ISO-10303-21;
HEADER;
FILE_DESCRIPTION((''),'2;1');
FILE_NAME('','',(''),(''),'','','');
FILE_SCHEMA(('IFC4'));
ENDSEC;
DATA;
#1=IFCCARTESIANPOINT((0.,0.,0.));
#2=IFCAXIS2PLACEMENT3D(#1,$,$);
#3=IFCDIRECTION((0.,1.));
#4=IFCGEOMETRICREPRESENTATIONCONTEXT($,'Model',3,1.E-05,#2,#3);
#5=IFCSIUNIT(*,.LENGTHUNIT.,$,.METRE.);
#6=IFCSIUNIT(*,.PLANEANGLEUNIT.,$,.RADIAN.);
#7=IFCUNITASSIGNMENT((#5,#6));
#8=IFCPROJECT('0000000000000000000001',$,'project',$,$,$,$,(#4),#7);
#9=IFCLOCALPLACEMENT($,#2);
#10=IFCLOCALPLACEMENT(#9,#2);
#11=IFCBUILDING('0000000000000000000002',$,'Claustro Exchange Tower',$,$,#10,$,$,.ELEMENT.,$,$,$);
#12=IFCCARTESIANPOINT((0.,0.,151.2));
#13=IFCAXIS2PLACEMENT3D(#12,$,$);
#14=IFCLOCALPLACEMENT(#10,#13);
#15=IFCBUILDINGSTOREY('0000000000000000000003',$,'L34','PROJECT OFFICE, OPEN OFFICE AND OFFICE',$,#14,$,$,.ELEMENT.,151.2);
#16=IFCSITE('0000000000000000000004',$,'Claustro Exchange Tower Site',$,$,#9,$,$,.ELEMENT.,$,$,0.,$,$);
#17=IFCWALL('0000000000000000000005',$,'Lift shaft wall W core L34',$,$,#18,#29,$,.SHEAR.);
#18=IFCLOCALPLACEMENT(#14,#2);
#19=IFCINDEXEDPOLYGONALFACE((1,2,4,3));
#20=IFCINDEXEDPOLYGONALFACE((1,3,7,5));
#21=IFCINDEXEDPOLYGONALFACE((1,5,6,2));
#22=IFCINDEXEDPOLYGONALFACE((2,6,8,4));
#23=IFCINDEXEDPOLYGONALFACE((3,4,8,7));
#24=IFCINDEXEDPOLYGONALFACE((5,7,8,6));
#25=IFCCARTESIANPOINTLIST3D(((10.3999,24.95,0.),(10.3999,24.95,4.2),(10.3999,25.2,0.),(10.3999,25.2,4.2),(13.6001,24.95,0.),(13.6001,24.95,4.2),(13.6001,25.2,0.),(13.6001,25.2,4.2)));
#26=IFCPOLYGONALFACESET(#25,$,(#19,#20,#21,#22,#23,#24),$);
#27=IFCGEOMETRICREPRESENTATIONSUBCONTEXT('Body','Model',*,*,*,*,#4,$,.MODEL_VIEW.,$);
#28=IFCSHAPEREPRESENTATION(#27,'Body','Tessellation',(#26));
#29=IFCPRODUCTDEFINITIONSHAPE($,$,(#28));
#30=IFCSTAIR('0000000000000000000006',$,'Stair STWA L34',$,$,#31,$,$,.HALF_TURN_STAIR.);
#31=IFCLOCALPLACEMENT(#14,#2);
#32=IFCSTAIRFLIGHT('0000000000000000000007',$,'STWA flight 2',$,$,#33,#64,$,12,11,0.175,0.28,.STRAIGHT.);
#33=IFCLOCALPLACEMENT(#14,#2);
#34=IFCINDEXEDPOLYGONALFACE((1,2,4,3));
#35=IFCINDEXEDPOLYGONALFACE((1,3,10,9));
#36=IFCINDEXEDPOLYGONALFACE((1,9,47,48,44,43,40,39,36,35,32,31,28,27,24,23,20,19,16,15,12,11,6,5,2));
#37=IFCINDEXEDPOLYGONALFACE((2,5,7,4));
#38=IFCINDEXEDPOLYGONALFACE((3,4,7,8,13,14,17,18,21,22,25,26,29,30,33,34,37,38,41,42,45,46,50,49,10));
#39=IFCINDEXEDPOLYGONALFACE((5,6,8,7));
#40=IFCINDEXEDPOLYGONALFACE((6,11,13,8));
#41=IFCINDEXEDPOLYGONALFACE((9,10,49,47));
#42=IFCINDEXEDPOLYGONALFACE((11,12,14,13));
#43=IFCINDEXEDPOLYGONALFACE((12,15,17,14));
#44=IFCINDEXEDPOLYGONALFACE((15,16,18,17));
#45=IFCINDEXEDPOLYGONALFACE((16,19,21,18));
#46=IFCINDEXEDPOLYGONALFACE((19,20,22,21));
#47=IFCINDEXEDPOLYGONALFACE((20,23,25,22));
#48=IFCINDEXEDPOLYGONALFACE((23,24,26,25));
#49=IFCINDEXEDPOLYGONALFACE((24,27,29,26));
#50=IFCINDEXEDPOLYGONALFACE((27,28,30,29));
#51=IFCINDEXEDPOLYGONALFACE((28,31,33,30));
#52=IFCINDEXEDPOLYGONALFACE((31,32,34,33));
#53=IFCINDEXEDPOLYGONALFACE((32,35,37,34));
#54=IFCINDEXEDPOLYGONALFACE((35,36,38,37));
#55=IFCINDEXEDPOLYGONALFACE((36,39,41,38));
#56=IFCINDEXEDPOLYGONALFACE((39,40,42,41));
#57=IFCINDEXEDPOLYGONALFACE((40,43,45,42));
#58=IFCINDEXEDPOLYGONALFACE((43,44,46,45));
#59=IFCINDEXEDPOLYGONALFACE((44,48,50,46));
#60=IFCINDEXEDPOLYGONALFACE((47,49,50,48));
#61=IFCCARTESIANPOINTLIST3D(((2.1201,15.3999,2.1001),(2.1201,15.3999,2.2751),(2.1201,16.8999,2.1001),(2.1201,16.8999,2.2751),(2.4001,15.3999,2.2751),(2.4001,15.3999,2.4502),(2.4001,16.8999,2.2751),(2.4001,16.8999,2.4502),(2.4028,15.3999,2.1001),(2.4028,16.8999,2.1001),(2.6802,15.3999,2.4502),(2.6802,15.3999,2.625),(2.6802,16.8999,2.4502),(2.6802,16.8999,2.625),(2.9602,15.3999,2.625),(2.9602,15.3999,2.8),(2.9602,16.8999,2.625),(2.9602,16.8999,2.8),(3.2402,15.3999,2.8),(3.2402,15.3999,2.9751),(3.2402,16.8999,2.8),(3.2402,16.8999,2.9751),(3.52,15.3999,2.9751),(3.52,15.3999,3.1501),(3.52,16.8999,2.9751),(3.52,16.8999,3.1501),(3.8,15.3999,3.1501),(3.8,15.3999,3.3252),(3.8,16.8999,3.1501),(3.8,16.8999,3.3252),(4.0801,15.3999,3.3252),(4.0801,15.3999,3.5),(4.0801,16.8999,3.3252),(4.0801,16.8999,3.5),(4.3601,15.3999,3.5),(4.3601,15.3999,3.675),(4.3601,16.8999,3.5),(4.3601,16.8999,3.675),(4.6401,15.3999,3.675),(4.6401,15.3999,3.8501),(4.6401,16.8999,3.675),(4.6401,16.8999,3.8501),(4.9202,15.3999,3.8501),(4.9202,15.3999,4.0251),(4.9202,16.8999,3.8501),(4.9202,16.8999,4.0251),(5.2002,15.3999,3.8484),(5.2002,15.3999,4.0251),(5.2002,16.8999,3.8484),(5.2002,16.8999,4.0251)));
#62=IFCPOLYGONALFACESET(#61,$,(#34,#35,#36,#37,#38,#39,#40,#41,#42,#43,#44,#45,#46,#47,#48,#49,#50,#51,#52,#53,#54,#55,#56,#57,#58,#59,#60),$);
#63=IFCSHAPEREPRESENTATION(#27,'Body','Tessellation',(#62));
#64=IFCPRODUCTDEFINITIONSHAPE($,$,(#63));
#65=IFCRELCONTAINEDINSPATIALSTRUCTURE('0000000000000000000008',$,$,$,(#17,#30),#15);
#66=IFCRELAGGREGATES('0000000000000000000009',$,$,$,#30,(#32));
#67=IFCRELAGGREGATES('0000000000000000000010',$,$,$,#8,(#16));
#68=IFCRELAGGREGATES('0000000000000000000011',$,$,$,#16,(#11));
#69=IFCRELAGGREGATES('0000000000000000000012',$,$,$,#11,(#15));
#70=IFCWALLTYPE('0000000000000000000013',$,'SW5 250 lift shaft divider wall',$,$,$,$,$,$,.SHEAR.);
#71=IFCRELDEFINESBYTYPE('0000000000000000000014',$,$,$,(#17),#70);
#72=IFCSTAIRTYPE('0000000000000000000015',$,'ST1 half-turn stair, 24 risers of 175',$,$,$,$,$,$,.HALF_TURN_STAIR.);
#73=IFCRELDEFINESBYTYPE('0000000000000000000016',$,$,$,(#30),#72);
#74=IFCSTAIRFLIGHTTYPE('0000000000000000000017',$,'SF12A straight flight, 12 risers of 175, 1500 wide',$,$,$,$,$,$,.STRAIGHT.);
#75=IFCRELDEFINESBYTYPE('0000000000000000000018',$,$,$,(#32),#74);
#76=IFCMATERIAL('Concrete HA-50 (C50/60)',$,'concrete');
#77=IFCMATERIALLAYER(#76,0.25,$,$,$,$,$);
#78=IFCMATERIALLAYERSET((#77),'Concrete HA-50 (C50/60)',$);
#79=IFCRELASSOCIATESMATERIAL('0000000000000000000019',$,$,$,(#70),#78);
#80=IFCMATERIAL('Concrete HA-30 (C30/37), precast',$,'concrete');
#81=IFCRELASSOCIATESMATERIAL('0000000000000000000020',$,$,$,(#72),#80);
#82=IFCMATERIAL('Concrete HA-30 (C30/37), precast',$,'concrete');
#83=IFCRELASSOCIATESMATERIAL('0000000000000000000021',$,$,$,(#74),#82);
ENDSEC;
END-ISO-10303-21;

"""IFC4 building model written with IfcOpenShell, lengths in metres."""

from ifc_helpers import new_model, si_unit, direction, frame, frame_2d, origin, place, context, subcontext, project, spatial, polyline, rectangle, outline, extrude, material, layer, layer_set, type_object, element, aggregate, save


model = new_model("IFC4")

# Units and contexts
model_context = context("Model", 3, precision=1e-05, world=origin(), true_north=direction((0.0, 1.0)))
body_context = subcontext(model_context, "Body", "Model", "MODEL_VIEW")
ifc_project = project(units=[si_unit("LENGTHUNIT", "METRE"), si_unit("PLANEANGLEUNIT", "RADIAN")], contexts=[model_context])

# Site, building, storey
site_placement = place(None, origin())
site = spatial("IfcSite", under=ifc_project, at=site_placement, Name="Claustro Exchange Tower Site", CompositionType="ELEMENT", RefElevation=0.0)
building_placement = place(site_placement, origin())
building = spatial("IfcBuilding", under=site, at=building_placement, Name="Claustro Exchange Tower", CompositionType="ELEMENT")
storey_placement = place(building_placement, frame((0.0, 0.0, 151.2)))
storey = spatial("IfcBuildingStorey", under=building, at=storey_placement, Name="L34", Description="PROJECT OFFICE, OPEN OFFICE AND OFFICE", CompositionType="ELEMENT", Elevation=151.2)

# Wall
ifc_material_1 = material(Name="Concrete HA-50 (C50/60)", Category="concrete")
ifc_layer_1 = layer(ifc_material_1, 0.25)
ifc_layer_set_1 = layer_set([ifc_layer_1], Name="Concrete HA-50 (C50/60)")
wall_type_1 = type_object("IfcWallType", Name="SW5 250 lift shaft divider wall", PredefinedType="SHEAR", material=ifc_layer_set_1)
wall_1_placement = place(storey_placement, frame((10.3999, 25.075, 0.0), z_axis=(0.0, 0.0, 1.0), x_axis=(1.0, 0.0, 0.0)))
element("IfcWall", 1, at=wall_1_placement, inside=storey, type_object=wall_type_1, Name="Lift shaft wall W core L34", PredefinedType="SHEAR", context=body_context, shape_type="SweptSolid", body=[
    extrude(rectangle(XDim=3.2002, YDim=0.25, at=frame_2d((1.6001, 0.0))), origin(), (0.0, 0.0, 1.0), 4.2),
])

# Stair, stair flight
ifc_material_2 = material(Name="Concrete HA-30 (C30/37), precast", Category="concrete")
stair_type = type_object("IfcStairType", Name="ST1 half-turn stair, 24 risers of 175", PredefinedType="HALF_TURN_STAIR", material=ifc_material_2)
stair_placement = place(storey_placement, origin())
stair = element("IfcStair", 2, at=stair_placement, inside=storey, type_object=stair_type, Name="Stair STWA L34", PredefinedType="HALF_TURN_STAIR")
ifc_material_3 = material(Name="Concrete HA-30 (C30/37), precast", Category="concrete")
stair_flight_type = type_object("IfcStairFlightType", Name="SF12A straight flight, 12 risers of 175, 1500 wide", PredefinedType="STRAIGHT", material=ifc_material_3)
stair_flight_placement = place(storey_placement, frame((2.1201, 16.1499, 2.1001), z_axis=(0.0, 0.0, 1.0), x_axis=(1.0, 0.0, 0.0)))
stair_flight = element("IfcStairFlight", 3, at=stair_flight_placement, type_object=stair_flight_type, Name="STWA flight 2", NumberOfRisers=12, NumberOfTreads=11, PredefinedType="STRAIGHT", RiserHeight=0.175, TreadLength=0.28, context=body_context, shape_type="SweptSolid", body=[
    extrude(outline(polyline([(0.0, 0.0), (0.0, 0.175), (0.28, 0.175), (0.28, 0.3501), (0.5601, 0.3501), (0.5601, 0.5249), (0.8401, 0.5249), (0.8401, 0.7), (1.1201, 0.7), (1.1201, 0.875), (1.3999, 0.875), (1.3999, 1.05), (1.6799, 1.05), (1.6799, 1.2251), (1.96, 1.2251), (1.96, 1.3999), (2.24, 1.3999), (2.24, 1.575), (2.52, 1.575), (2.52, 1.75), (2.8, 1.75), (2.8, 1.925), (3.0801, 1.925), (3.0801, 2.1001), (3.0801, 1.7483), (0.2827, 0.0), (0.0, 0.0)])), frame((0.0, 0.75, 0.0), z_axis=(0.0, -1.0, 0.0), x_axis=(1.0, 0.0, 0.0)), (0.0, 0.0, 1.0), 1.5),
])
aggregate(stair, [stair_flight])

save(model, "model.ifc")
